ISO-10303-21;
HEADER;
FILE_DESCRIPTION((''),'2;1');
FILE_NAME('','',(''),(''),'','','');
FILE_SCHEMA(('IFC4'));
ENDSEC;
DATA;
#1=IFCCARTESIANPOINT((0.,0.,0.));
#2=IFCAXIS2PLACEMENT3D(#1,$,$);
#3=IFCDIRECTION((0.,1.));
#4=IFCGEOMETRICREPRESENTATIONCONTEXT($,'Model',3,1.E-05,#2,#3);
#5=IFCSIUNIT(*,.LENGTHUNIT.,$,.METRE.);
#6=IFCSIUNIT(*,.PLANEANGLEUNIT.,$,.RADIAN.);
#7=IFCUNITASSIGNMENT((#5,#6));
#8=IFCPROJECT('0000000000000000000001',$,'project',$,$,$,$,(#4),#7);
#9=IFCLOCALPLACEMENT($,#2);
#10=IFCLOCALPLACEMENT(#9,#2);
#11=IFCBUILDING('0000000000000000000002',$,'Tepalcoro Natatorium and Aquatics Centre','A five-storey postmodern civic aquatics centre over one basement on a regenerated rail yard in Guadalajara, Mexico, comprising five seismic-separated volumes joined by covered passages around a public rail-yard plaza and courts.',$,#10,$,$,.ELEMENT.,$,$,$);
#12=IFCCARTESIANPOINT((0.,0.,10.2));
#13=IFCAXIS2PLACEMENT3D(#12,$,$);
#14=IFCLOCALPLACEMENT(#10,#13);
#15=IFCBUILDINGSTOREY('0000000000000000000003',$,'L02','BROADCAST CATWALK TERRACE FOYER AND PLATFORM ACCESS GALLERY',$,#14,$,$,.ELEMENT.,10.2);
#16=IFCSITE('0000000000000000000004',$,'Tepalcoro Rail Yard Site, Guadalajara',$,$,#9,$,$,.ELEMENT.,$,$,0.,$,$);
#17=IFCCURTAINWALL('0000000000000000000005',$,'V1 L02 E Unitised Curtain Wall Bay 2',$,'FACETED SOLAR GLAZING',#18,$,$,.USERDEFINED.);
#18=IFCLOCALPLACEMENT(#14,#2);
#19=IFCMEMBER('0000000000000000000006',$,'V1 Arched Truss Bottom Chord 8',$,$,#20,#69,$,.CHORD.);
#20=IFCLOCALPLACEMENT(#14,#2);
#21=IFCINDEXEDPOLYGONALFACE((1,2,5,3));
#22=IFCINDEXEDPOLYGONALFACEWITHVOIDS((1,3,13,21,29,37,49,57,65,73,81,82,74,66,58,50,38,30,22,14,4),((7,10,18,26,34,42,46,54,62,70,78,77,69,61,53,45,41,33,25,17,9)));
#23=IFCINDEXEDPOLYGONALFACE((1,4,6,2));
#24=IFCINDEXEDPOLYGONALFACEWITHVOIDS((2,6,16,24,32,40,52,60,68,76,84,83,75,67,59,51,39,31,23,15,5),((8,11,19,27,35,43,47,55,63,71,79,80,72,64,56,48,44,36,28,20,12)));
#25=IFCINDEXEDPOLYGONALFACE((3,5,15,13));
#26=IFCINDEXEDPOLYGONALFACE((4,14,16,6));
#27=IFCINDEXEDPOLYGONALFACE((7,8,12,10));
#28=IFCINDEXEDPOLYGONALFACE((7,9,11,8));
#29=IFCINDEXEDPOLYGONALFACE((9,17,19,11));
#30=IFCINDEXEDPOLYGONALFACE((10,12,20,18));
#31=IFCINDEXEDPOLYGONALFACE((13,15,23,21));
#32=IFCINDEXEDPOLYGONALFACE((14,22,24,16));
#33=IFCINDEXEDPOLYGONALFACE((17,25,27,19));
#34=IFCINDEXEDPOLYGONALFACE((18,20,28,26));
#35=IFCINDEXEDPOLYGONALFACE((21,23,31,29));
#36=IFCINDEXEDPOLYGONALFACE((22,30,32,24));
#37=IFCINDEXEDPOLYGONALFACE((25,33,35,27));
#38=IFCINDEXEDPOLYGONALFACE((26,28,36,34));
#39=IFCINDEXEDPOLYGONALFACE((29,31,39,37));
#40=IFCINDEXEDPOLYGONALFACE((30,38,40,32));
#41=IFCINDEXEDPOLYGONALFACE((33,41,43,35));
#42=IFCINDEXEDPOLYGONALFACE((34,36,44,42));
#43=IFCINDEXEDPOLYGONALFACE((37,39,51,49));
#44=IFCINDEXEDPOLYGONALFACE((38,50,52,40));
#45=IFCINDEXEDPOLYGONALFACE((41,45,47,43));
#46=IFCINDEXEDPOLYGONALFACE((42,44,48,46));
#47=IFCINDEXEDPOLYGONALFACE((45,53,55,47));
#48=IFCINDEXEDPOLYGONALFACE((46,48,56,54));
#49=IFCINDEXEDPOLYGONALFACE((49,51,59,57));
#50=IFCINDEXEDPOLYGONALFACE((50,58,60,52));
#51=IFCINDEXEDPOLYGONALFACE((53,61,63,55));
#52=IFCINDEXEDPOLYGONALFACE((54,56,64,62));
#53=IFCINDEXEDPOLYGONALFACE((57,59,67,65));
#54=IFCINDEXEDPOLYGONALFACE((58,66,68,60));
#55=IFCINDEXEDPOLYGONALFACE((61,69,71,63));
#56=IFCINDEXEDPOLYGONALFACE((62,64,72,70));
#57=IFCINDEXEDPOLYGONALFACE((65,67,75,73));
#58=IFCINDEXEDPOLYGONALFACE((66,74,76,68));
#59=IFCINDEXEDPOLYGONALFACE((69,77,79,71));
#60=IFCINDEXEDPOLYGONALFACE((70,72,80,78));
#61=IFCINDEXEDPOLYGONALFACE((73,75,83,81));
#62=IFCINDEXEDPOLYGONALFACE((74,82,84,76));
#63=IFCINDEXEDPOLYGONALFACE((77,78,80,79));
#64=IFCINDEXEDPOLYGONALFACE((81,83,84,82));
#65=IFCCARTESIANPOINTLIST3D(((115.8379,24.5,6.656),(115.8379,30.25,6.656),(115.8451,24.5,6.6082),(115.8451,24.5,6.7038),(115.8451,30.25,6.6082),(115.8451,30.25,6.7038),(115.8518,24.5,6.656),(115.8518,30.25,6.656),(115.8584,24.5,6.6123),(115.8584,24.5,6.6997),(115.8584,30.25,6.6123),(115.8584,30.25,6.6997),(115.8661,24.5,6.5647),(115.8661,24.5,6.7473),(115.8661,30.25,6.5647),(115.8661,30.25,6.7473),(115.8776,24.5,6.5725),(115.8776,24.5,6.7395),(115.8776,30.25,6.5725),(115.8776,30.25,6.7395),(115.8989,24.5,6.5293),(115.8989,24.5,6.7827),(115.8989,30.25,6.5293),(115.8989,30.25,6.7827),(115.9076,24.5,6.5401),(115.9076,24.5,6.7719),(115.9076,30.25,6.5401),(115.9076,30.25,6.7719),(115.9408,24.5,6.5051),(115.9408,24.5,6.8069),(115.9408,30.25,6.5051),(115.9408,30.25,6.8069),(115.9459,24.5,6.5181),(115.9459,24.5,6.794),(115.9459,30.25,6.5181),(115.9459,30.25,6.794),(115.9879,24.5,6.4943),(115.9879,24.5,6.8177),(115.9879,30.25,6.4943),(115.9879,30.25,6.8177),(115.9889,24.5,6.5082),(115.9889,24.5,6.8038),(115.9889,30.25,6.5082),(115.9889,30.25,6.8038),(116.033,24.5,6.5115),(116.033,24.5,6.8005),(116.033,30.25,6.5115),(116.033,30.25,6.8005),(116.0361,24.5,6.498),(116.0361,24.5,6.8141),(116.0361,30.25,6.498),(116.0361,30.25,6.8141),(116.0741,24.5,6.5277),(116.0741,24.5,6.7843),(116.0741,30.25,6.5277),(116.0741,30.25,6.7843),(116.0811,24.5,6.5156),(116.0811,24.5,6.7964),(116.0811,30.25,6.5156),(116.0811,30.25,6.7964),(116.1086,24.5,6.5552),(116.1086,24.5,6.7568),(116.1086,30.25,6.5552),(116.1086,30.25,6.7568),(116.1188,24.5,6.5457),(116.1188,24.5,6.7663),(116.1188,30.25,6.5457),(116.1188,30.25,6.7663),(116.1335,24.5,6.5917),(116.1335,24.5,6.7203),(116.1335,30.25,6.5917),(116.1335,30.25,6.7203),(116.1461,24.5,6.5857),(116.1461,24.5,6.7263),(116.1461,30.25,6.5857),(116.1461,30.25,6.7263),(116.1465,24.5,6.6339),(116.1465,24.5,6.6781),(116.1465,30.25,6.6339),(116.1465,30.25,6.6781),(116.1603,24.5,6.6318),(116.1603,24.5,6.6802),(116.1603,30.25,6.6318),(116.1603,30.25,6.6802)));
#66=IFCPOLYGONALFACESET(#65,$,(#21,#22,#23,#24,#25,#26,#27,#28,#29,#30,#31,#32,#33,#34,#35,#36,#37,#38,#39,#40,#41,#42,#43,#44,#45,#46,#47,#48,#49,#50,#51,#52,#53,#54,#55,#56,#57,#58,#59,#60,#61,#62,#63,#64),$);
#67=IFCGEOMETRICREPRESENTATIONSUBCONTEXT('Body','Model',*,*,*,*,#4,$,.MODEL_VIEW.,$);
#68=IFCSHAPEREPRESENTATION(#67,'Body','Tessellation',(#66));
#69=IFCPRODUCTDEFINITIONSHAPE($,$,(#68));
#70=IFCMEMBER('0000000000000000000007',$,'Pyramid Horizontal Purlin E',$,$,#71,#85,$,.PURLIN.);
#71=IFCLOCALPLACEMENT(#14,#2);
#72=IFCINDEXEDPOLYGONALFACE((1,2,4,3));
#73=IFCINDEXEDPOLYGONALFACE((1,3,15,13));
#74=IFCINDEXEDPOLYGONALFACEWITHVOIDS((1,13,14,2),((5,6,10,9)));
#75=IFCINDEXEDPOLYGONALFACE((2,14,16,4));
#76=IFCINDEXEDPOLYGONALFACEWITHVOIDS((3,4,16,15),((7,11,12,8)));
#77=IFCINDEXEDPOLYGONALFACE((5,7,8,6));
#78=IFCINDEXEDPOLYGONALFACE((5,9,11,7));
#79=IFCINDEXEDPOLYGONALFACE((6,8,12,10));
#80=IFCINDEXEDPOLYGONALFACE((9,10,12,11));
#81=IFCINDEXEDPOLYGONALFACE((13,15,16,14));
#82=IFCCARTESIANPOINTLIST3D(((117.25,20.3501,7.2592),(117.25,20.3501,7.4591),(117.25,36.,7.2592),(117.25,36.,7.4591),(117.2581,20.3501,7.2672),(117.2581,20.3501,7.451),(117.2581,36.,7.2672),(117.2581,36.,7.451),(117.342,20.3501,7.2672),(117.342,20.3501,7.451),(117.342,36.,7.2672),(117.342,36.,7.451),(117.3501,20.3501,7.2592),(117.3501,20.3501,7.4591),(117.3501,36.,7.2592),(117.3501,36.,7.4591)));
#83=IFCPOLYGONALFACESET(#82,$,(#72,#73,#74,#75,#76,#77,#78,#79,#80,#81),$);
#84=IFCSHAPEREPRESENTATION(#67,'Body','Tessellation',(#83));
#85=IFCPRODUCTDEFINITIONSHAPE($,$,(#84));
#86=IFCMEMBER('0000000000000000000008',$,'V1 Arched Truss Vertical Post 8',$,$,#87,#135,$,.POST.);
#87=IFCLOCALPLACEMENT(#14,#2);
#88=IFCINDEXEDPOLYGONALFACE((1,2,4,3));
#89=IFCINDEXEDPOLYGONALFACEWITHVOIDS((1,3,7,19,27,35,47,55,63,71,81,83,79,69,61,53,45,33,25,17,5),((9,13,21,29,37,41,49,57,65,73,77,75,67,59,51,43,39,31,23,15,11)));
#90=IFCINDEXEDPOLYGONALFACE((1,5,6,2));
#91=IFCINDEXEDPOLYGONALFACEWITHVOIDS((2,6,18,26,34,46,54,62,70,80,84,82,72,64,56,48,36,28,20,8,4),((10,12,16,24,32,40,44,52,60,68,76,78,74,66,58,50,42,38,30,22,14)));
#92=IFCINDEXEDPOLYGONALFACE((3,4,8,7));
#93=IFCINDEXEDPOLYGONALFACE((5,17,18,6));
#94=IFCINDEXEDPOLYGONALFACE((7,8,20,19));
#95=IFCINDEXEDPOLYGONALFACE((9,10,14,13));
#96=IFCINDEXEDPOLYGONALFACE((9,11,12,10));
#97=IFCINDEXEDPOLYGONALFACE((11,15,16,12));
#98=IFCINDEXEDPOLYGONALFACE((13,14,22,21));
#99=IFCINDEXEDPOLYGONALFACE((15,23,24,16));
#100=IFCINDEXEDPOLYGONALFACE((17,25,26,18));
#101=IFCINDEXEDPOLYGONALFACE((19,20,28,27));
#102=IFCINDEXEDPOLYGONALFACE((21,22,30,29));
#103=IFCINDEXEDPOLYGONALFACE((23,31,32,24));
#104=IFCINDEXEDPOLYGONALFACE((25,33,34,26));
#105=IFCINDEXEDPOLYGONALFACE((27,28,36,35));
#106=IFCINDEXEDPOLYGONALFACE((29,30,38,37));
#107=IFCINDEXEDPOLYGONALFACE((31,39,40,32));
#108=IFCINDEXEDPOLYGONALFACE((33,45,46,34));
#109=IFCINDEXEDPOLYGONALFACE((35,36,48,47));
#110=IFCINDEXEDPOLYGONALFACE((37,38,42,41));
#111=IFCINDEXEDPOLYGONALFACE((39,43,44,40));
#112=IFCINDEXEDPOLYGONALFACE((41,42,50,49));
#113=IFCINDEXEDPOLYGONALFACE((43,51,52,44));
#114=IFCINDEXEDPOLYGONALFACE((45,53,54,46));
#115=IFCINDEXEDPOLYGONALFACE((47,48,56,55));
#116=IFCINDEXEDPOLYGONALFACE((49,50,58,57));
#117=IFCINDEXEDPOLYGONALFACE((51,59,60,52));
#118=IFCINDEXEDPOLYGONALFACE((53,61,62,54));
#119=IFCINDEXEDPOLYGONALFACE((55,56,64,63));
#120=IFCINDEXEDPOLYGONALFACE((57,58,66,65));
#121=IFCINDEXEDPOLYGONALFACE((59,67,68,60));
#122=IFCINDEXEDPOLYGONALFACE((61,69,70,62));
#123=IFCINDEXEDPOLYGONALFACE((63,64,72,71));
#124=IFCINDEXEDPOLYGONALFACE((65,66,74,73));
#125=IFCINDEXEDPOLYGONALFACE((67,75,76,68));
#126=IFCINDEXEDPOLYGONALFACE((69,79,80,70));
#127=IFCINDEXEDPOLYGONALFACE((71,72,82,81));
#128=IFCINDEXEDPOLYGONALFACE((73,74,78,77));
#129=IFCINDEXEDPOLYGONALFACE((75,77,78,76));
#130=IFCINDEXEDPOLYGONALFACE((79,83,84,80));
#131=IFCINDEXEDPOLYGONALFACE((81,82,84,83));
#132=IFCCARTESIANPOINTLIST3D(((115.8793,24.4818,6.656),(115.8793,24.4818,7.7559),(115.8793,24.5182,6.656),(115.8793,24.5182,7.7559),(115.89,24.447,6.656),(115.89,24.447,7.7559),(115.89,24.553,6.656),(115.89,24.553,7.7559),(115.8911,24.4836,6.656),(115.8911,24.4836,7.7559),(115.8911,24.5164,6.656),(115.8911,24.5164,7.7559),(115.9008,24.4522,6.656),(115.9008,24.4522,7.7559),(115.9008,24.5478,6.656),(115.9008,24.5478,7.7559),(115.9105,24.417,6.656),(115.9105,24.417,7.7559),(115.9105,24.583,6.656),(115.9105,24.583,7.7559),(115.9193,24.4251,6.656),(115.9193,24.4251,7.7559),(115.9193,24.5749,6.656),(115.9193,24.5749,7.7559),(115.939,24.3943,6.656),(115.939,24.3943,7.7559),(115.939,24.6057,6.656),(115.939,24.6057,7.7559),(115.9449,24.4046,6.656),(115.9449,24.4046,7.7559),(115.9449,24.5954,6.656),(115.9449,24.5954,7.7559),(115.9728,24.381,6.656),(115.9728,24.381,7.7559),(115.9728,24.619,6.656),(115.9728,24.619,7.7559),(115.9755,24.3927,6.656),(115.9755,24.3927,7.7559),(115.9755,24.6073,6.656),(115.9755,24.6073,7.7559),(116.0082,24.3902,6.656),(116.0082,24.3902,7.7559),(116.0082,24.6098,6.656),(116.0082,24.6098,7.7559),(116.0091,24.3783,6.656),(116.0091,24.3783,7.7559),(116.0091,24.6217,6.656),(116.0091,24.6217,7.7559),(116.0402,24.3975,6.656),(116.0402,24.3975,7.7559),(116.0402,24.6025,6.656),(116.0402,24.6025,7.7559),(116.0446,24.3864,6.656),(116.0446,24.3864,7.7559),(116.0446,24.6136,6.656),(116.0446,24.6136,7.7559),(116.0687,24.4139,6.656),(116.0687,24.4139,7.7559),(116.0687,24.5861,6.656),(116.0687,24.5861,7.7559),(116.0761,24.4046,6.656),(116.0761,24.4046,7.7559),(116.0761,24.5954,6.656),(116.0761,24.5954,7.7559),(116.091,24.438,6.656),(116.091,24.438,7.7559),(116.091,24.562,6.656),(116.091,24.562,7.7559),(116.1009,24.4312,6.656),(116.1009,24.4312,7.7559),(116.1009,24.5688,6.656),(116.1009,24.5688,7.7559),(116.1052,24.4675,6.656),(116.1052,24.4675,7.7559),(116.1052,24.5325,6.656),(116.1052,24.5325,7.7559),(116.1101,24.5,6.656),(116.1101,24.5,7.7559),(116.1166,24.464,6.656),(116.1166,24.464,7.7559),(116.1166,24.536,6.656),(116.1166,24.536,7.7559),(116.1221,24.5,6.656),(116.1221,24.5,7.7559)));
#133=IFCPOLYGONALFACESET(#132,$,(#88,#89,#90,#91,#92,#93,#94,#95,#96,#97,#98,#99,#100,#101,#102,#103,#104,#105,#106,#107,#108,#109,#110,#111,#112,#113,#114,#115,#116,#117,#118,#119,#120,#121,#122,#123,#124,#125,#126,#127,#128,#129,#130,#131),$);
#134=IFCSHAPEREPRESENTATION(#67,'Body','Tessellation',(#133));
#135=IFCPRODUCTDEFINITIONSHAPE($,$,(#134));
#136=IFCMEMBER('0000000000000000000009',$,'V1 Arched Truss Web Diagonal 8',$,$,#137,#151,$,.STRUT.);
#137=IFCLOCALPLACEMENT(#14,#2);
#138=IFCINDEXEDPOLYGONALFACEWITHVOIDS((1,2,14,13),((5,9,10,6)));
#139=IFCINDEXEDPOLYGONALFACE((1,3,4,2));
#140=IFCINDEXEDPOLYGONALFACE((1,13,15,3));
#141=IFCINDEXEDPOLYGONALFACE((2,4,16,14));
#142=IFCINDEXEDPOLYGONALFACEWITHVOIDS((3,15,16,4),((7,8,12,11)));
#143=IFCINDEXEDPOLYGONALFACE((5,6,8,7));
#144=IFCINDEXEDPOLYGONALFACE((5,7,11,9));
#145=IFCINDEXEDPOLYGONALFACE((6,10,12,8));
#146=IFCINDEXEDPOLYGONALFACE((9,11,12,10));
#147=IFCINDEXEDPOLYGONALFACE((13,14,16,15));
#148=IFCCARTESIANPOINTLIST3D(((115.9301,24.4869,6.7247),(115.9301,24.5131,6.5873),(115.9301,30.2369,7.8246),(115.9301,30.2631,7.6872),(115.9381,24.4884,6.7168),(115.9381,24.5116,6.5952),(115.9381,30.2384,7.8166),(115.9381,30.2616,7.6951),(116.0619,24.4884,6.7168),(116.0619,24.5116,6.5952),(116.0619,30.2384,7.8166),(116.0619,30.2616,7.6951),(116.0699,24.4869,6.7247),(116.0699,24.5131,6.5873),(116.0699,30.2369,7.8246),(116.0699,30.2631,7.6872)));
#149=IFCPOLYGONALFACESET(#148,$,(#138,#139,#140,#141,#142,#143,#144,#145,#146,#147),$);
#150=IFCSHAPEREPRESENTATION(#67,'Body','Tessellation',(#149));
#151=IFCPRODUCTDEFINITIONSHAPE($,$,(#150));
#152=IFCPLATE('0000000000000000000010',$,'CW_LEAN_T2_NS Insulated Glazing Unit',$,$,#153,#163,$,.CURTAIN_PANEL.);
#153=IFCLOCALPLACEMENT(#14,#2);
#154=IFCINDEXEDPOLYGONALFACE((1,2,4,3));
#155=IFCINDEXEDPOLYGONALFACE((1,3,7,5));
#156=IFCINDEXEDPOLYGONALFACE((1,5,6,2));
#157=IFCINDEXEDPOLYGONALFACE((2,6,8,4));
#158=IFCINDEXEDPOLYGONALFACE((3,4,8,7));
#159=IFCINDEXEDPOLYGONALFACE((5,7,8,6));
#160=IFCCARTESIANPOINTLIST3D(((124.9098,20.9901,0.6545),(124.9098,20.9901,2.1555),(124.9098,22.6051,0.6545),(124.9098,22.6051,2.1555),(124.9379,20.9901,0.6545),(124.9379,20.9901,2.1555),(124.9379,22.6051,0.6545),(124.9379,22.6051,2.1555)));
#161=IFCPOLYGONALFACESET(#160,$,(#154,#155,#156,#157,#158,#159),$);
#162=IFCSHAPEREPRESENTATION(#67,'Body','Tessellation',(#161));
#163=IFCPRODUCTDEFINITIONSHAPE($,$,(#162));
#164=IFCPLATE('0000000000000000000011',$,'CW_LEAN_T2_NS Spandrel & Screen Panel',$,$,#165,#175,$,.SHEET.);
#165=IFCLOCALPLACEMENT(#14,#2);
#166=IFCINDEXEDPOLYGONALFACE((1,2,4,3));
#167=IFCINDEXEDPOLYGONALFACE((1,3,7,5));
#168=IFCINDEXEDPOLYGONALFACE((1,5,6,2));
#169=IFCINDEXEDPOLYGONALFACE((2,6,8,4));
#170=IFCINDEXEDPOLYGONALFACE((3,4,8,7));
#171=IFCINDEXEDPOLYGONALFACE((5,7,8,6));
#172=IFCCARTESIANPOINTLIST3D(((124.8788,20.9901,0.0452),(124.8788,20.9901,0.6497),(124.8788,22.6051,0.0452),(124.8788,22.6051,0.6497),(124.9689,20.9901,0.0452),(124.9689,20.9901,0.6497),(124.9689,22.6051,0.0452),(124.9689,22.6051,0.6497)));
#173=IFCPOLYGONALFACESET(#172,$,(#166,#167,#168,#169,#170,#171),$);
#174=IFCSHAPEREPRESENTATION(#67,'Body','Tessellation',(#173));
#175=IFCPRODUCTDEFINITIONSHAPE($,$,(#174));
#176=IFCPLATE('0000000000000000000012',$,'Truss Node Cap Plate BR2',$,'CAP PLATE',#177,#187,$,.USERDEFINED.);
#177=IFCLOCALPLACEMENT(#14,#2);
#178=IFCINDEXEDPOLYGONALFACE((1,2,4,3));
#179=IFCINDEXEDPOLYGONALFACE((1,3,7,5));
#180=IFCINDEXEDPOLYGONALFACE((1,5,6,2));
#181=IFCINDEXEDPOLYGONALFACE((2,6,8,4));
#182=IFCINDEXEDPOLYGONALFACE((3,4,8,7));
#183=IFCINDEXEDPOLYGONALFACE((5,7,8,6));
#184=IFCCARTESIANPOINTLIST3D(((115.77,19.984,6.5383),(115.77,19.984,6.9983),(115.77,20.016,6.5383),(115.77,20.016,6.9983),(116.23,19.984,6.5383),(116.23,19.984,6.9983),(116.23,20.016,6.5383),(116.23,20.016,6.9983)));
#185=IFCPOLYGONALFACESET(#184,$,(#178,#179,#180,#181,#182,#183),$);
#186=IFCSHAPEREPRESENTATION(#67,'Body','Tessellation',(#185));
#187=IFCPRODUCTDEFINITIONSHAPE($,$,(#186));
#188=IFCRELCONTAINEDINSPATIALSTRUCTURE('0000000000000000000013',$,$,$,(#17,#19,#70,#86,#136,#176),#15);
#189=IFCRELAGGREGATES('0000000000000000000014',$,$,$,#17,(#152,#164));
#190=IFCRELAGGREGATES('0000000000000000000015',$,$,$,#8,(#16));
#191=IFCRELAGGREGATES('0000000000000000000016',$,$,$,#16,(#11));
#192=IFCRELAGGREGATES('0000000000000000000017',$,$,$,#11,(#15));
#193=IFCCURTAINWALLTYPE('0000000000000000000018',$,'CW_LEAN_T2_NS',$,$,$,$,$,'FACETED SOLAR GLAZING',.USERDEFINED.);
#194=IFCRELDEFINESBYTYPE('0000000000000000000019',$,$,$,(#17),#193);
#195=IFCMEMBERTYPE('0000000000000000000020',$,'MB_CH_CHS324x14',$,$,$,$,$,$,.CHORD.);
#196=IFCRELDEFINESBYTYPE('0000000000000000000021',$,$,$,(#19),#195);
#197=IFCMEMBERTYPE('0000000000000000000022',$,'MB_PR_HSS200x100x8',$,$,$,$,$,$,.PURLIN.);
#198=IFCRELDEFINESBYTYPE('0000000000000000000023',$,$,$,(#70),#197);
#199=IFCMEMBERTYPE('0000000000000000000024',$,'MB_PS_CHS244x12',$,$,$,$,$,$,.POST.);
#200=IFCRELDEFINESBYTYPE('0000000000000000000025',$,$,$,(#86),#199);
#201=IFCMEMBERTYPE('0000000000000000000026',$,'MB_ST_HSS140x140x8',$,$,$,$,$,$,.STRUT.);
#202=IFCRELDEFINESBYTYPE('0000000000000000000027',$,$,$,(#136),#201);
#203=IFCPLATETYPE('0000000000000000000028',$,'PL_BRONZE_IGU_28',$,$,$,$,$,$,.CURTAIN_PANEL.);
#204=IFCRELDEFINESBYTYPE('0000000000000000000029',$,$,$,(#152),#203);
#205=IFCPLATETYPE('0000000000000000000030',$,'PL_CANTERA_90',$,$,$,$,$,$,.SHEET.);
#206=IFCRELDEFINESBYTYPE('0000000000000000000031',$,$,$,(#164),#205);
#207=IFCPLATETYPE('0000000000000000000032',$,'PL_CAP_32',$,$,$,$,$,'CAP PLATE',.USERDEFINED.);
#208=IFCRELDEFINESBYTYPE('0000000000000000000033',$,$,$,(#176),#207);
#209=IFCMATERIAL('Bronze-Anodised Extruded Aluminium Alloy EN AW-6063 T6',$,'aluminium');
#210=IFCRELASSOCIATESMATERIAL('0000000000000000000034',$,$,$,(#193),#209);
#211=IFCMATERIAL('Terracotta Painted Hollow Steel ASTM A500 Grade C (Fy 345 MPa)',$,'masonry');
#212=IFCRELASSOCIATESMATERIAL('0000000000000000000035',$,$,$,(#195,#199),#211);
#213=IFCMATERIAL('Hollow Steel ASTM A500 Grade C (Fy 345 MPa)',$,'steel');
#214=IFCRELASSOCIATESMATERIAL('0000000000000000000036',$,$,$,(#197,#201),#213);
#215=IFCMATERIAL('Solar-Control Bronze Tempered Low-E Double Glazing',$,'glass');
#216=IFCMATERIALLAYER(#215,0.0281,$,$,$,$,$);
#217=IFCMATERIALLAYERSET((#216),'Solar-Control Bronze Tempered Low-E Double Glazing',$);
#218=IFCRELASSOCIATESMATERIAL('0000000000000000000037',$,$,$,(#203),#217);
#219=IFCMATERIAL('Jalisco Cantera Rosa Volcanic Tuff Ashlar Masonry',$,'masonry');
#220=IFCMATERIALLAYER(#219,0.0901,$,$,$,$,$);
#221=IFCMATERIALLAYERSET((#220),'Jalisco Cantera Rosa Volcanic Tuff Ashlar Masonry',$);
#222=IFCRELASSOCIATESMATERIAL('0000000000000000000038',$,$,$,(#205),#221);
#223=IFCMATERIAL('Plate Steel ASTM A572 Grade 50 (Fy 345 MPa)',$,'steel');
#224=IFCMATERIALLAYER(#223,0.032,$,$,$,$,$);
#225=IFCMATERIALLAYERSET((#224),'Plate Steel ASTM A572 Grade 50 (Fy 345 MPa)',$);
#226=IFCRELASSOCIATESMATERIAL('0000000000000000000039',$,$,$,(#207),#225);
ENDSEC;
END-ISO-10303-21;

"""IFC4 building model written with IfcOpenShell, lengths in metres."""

from ifc_helpers import new_model, si_unit, direction, frame, origin, origin_2d, place, context, subcontext, project, spatial, rectangle, hollow_rectangle, hollow_circle, extrude, material, layer, layer_set, material_profile, profile_set, type_object, element, aggregate, save


model = new_model("IFC4")

# Units and contexts
model_context = context("Model", 3, precision=1e-05, world=origin(), true_north=direction((0.0, 1.0)))
body_context = subcontext(model_context, "Body", "Model", "MODEL_VIEW")
ifc_project = project(units=[si_unit("LENGTHUNIT", "METRE"), si_unit("PLANEANGLEUNIT", "RADIAN")], contexts=[model_context])

# Site, building, storey
site_placement = place(None, origin())
site = spatial("IfcSite", under=ifc_project, at=site_placement, Name="Tepalcoro Rail Yard Site, Guadalajara", CompositionType="ELEMENT", RefElevation=0.0)
building_placement = place(site_placement, origin())
building = spatial("IfcBuilding", under=site, at=building_placement, Name="Tepalcoro Natatorium and Aquatics Centre", Description="A five-storey postmodern civic aquatics centre over one basement on a regenerated rail yard in Guadalajara, Mexico, comprising five seismic-separated volumes joined by covered passages around a public rail-yard plaza and courts.", CompositionType="ELEMENT")
storey_placement = place(building_placement, frame((0.0, 0.0, 10.2)))
storey = spatial("IfcBuildingStorey", under=building, at=storey_placement, Name="L02", Description="BROADCAST CATWALK TERRACE FOYER AND PLATFORM ACCESS GALLERY", CompositionType="ELEMENT", Elevation=10.2)

# Shared definitions
ifc_material_1 = material(Name="Terracotta Painted Hollow Steel ASTM A500 Grade C (Fy 345 MPa)", Category="masonry")

# Curtain wall
ifc_material_2 = material(Name="Bronze-Anodised Extruded Aluminium Alloy EN AW-6063 T6", Category="aluminium")
curtain_wall_type = type_object("IfcCurtainWallType", Name="CW_LEAN_T2_NS", ElementType="FACETED SOLAR GLAZING", PredefinedType="USERDEFINED", material=ifc_material_2)
curtain_wall_placement = place(storey_placement, origin())
curtain_wall = element("IfcCurtainWall", 1, at=curtain_wall_placement, inside=storey, type_object=curtain_wall_type, Name="V1 L02 E Unitised Curtain Wall Bay 2", ObjectType="FACETED SOLAR GLAZING", PredefinedType="USERDEFINED")

# Members
ifc_material_3 = material(Name="Hollow Steel ASTM A500 Grade C (Fy 345 MPa)", Category="steel")
ifc_material_profile_1 = material_profile(ifc_material_1, hollow_circle(Radius=0.1621, WallThickness=0.0139, at=origin_2d()), Name="CHS324X14")
ifc_profile_set_1 = profile_set([ifc_material_profile_1], Name="Terracotta Painted Hollow Steel ASTM A500 Grade C (Fy 345 MPa)")
member_type_1 = type_object("IfcMemberType", Name="MB_CH_CHS324x14", PredefinedType="CHORD", material=ifc_profile_set_1)
member_1_placement = place(storey_placement, frame((116.0, 24.5, 6.656), z_axis=(0.0, 1.0, 0.0), x_axis=(-1.0, 0.0, 0.0)))
element("IfcMember", 2, at=member_1_placement, inside=storey, type_object=member_type_1, Name="V1 Arched Truss Bottom Chord 8", PredefinedType="CHORD", context=body_context, shape_type="SweptSolid", body=[
    extrude(hollow_circle(Radius=0.1621, WallThickness=0.0139, at=origin_2d()), origin(), (0.0, 0.0, 1.0), 5.75),
])
ifc_material_profile_2 = material_profile(ifc_material_3, hollow_rectangle(XDim=0.1001, YDim=0.2, WallThickness=0.0081, at=origin_2d()), Name="HSS200X100X8")
ifc_profile_set_2 = profile_set([ifc_material_profile_2], Name="Hollow Steel ASTM A500 Grade C (Fy 345 MPa)")
member_type_2 = type_object("IfcMemberType", Name="MB_PR_HSS200x100x8", PredefinedType="PURLIN", material=ifc_profile_set_2)
member_2_placement = place(storey_placement, frame((117.3, 20.3501, 7.3591), z_axis=(0.0, 1.0, 0.0), x_axis=(-1.0, 0.0, 0.0)))
element("IfcMember", 3, at=member_2_placement, inside=storey, type_object=member_type_2, Name="Pyramid Horizontal Purlin E", PredefinedType="PURLIN", context=body_context, shape_type="SweptSolid", body=[
    extrude(hollow_rectangle(XDim=0.1001, YDim=0.2, WallThickness=0.0081, at=origin_2d()), origin(), (0.0, 0.0, 1.0), 15.6499),
])
ifc_material_profile_3 = material_profile(ifc_material_1, hollow_circle(Radius=0.1221, WallThickness=0.012, at=origin_2d()), Name="CHS244X12")
ifc_profile_set_3 = profile_set([ifc_material_profile_3], Name="Terracotta Painted Hollow Steel ASTM A500 Grade C (Fy 345 MPa)")
member_type_3 = type_object("IfcMemberType", Name="MB_PS_CHS244x12", PredefinedType="POST", material=ifc_profile_set_3)
member_3_placement = place(storey_placement, frame((116.0, 24.5, 6.656), z_axis=(0.0, 0.0, 1.0), x_axis=(1.0, 0.0, 0.0)))
element("IfcMember", 4, at=member_3_placement, inside=storey, type_object=member_type_3, Name="V1 Arched Truss Vertical Post 8", PredefinedType="POST", context=body_context, shape_type="SweptSolid", body=[
    extrude(hollow_circle(Radius=0.1221, WallThickness=0.012, at=origin_2d()), origin(), (0.0, 0.0, 1.0), 1.0999),
])
ifc_material_profile_4 = material_profile(ifc_material_3, hollow_rectangle(XDim=0.1399, YDim=0.1399, WallThickness=0.0081, at=origin_2d()), Name="HSS140X140X8")
ifc_profile_set_4 = profile_set([ifc_material_profile_4], Name="Hollow Steel ASTM A500 Grade C (Fy 345 MPa)")
member_type_4 = type_object("IfcMemberType", Name="MB_ST_HSS140x140x8", PredefinedType="STRUT", material=ifc_profile_set_4)
member_4_placement = place(storey_placement, frame((116.0, 24.5, 6.656), z_axis=(0.0, 0.982193, 0.187873), x_axis=(-1.0, 0.0, 0.0)))
element("IfcMember", 5, at=member_4_placement, inside=storey, type_object=member_type_4, Name="V1 Arched Truss Web Diagonal 8", PredefinedType="STRUT", context=body_context, shape_type="SweptSolid", body=[
    extrude(hollow_rectangle(XDim=0.1399, YDim=0.1399, WallThickness=0.0081, at=origin_2d()), origin(), (0.0, 0.0, 1.0), 5.8542),
])

# Plates
ifc_material_4 = material(Name="Solar-Control Bronze Tempered Low-E Double Glazing", Category="glass")
ifc_layer_1 = layer(ifc_material_4, 0.0281)
ifc_layer_set_1 = layer_set([ifc_layer_1], Name="Solar-Control Bronze Tempered Low-E Double Glazing")
plate_type_1 = type_object("IfcPlateType", Name="PL_BRONZE_IGU_28", PredefinedType="CURTAIN_PANEL", material=ifc_layer_set_1)
plate_1_placement = place(storey_placement, frame((124.9238, 21.7976, 0.6545), z_axis=(0.0, 0.0, 1.0), x_axis=(1.0, 0.0, 0.0)))
plate_1 = element("IfcPlate", 6, at=plate_1_placement, type_object=plate_type_1, Name="CW_LEAN_T2_NS Insulated Glazing Unit", PredefinedType="CURTAIN_PANEL", context=body_context, shape_type="SweptSolid", body=[
    extrude(rectangle(XDim=0.0281, YDim=1.615, at=origin_2d()), origin(), (0.0, 0.0, 1.0), 1.501),
])
ifc_material_5 = material(Name="Jalisco Cantera Rosa Volcanic Tuff Ashlar Masonry", Category="masonry")
ifc_layer_2 = layer(ifc_material_5, 0.0901)
ifc_layer_set_2 = layer_set([ifc_layer_2], Name="Jalisco Cantera Rosa Volcanic Tuff Ashlar Masonry")
plate_type_2 = type_object("IfcPlateType", Name="PL_CANTERA_90", PredefinedType="SHEET", material=ifc_layer_set_2)
plate_2_placement = place(storey_placement, frame((124.9238, 21.7976, 0.0452), z_axis=(0.0, 0.0, 1.0), x_axis=(1.0, 0.0, 0.0)))
plate_2 = element("IfcPlate", 7, at=plate_2_placement, type_object=plate_type_2, Name="CW_LEAN_T2_NS Spandrel & Screen Panel", PredefinedType="SHEET", context=body_context, shape_type="SweptSolid", body=[
    extrude(rectangle(XDim=0.0901, YDim=1.615, at=origin_2d()), origin(), (0.0, 0.0, 1.0), 0.6045),
])
aggregate(curtain_wall, [plate_1, plate_2])

# Plate
ifc_material_6 = material(Name="Plate Steel ASTM A572 Grade 50 (Fy 345 MPa)", Category="steel")
ifc_layer_3 = layer(ifc_material_6, 0.032)
ifc_layer_set_3 = layer_set([ifc_layer_3], Name="Plate Steel ASTM A572 Grade 50 (Fy 345 MPa)")
plate_type_3 = type_object("IfcPlateType", Name="PL_CAP_32", ElementType="CAP PLATE", PredefinedType="USERDEFINED", material=ifc_layer_set_3)
plate_3_placement = place(storey_placement, frame((116.0, 20.0, 6.5383), z_axis=(0.0, 0.0, 1.0), x_axis=(1.0, 0.0, 0.0)))
element("IfcPlate", 8, at=plate_3_placement, inside=storey, type_object=plate_type_3, Name="Truss Node Cap Plate BR2", ObjectType="CAP PLATE", PredefinedType="USERDEFINED", context=body_context, shape_type="SweptSolid", body=[
    extrude(rectangle(XDim=0.46, YDim=0.032, at=origin_2d()), origin(), (0.0, 0.0, 1.0), 0.46),
])

save(model, "model.ifc")
